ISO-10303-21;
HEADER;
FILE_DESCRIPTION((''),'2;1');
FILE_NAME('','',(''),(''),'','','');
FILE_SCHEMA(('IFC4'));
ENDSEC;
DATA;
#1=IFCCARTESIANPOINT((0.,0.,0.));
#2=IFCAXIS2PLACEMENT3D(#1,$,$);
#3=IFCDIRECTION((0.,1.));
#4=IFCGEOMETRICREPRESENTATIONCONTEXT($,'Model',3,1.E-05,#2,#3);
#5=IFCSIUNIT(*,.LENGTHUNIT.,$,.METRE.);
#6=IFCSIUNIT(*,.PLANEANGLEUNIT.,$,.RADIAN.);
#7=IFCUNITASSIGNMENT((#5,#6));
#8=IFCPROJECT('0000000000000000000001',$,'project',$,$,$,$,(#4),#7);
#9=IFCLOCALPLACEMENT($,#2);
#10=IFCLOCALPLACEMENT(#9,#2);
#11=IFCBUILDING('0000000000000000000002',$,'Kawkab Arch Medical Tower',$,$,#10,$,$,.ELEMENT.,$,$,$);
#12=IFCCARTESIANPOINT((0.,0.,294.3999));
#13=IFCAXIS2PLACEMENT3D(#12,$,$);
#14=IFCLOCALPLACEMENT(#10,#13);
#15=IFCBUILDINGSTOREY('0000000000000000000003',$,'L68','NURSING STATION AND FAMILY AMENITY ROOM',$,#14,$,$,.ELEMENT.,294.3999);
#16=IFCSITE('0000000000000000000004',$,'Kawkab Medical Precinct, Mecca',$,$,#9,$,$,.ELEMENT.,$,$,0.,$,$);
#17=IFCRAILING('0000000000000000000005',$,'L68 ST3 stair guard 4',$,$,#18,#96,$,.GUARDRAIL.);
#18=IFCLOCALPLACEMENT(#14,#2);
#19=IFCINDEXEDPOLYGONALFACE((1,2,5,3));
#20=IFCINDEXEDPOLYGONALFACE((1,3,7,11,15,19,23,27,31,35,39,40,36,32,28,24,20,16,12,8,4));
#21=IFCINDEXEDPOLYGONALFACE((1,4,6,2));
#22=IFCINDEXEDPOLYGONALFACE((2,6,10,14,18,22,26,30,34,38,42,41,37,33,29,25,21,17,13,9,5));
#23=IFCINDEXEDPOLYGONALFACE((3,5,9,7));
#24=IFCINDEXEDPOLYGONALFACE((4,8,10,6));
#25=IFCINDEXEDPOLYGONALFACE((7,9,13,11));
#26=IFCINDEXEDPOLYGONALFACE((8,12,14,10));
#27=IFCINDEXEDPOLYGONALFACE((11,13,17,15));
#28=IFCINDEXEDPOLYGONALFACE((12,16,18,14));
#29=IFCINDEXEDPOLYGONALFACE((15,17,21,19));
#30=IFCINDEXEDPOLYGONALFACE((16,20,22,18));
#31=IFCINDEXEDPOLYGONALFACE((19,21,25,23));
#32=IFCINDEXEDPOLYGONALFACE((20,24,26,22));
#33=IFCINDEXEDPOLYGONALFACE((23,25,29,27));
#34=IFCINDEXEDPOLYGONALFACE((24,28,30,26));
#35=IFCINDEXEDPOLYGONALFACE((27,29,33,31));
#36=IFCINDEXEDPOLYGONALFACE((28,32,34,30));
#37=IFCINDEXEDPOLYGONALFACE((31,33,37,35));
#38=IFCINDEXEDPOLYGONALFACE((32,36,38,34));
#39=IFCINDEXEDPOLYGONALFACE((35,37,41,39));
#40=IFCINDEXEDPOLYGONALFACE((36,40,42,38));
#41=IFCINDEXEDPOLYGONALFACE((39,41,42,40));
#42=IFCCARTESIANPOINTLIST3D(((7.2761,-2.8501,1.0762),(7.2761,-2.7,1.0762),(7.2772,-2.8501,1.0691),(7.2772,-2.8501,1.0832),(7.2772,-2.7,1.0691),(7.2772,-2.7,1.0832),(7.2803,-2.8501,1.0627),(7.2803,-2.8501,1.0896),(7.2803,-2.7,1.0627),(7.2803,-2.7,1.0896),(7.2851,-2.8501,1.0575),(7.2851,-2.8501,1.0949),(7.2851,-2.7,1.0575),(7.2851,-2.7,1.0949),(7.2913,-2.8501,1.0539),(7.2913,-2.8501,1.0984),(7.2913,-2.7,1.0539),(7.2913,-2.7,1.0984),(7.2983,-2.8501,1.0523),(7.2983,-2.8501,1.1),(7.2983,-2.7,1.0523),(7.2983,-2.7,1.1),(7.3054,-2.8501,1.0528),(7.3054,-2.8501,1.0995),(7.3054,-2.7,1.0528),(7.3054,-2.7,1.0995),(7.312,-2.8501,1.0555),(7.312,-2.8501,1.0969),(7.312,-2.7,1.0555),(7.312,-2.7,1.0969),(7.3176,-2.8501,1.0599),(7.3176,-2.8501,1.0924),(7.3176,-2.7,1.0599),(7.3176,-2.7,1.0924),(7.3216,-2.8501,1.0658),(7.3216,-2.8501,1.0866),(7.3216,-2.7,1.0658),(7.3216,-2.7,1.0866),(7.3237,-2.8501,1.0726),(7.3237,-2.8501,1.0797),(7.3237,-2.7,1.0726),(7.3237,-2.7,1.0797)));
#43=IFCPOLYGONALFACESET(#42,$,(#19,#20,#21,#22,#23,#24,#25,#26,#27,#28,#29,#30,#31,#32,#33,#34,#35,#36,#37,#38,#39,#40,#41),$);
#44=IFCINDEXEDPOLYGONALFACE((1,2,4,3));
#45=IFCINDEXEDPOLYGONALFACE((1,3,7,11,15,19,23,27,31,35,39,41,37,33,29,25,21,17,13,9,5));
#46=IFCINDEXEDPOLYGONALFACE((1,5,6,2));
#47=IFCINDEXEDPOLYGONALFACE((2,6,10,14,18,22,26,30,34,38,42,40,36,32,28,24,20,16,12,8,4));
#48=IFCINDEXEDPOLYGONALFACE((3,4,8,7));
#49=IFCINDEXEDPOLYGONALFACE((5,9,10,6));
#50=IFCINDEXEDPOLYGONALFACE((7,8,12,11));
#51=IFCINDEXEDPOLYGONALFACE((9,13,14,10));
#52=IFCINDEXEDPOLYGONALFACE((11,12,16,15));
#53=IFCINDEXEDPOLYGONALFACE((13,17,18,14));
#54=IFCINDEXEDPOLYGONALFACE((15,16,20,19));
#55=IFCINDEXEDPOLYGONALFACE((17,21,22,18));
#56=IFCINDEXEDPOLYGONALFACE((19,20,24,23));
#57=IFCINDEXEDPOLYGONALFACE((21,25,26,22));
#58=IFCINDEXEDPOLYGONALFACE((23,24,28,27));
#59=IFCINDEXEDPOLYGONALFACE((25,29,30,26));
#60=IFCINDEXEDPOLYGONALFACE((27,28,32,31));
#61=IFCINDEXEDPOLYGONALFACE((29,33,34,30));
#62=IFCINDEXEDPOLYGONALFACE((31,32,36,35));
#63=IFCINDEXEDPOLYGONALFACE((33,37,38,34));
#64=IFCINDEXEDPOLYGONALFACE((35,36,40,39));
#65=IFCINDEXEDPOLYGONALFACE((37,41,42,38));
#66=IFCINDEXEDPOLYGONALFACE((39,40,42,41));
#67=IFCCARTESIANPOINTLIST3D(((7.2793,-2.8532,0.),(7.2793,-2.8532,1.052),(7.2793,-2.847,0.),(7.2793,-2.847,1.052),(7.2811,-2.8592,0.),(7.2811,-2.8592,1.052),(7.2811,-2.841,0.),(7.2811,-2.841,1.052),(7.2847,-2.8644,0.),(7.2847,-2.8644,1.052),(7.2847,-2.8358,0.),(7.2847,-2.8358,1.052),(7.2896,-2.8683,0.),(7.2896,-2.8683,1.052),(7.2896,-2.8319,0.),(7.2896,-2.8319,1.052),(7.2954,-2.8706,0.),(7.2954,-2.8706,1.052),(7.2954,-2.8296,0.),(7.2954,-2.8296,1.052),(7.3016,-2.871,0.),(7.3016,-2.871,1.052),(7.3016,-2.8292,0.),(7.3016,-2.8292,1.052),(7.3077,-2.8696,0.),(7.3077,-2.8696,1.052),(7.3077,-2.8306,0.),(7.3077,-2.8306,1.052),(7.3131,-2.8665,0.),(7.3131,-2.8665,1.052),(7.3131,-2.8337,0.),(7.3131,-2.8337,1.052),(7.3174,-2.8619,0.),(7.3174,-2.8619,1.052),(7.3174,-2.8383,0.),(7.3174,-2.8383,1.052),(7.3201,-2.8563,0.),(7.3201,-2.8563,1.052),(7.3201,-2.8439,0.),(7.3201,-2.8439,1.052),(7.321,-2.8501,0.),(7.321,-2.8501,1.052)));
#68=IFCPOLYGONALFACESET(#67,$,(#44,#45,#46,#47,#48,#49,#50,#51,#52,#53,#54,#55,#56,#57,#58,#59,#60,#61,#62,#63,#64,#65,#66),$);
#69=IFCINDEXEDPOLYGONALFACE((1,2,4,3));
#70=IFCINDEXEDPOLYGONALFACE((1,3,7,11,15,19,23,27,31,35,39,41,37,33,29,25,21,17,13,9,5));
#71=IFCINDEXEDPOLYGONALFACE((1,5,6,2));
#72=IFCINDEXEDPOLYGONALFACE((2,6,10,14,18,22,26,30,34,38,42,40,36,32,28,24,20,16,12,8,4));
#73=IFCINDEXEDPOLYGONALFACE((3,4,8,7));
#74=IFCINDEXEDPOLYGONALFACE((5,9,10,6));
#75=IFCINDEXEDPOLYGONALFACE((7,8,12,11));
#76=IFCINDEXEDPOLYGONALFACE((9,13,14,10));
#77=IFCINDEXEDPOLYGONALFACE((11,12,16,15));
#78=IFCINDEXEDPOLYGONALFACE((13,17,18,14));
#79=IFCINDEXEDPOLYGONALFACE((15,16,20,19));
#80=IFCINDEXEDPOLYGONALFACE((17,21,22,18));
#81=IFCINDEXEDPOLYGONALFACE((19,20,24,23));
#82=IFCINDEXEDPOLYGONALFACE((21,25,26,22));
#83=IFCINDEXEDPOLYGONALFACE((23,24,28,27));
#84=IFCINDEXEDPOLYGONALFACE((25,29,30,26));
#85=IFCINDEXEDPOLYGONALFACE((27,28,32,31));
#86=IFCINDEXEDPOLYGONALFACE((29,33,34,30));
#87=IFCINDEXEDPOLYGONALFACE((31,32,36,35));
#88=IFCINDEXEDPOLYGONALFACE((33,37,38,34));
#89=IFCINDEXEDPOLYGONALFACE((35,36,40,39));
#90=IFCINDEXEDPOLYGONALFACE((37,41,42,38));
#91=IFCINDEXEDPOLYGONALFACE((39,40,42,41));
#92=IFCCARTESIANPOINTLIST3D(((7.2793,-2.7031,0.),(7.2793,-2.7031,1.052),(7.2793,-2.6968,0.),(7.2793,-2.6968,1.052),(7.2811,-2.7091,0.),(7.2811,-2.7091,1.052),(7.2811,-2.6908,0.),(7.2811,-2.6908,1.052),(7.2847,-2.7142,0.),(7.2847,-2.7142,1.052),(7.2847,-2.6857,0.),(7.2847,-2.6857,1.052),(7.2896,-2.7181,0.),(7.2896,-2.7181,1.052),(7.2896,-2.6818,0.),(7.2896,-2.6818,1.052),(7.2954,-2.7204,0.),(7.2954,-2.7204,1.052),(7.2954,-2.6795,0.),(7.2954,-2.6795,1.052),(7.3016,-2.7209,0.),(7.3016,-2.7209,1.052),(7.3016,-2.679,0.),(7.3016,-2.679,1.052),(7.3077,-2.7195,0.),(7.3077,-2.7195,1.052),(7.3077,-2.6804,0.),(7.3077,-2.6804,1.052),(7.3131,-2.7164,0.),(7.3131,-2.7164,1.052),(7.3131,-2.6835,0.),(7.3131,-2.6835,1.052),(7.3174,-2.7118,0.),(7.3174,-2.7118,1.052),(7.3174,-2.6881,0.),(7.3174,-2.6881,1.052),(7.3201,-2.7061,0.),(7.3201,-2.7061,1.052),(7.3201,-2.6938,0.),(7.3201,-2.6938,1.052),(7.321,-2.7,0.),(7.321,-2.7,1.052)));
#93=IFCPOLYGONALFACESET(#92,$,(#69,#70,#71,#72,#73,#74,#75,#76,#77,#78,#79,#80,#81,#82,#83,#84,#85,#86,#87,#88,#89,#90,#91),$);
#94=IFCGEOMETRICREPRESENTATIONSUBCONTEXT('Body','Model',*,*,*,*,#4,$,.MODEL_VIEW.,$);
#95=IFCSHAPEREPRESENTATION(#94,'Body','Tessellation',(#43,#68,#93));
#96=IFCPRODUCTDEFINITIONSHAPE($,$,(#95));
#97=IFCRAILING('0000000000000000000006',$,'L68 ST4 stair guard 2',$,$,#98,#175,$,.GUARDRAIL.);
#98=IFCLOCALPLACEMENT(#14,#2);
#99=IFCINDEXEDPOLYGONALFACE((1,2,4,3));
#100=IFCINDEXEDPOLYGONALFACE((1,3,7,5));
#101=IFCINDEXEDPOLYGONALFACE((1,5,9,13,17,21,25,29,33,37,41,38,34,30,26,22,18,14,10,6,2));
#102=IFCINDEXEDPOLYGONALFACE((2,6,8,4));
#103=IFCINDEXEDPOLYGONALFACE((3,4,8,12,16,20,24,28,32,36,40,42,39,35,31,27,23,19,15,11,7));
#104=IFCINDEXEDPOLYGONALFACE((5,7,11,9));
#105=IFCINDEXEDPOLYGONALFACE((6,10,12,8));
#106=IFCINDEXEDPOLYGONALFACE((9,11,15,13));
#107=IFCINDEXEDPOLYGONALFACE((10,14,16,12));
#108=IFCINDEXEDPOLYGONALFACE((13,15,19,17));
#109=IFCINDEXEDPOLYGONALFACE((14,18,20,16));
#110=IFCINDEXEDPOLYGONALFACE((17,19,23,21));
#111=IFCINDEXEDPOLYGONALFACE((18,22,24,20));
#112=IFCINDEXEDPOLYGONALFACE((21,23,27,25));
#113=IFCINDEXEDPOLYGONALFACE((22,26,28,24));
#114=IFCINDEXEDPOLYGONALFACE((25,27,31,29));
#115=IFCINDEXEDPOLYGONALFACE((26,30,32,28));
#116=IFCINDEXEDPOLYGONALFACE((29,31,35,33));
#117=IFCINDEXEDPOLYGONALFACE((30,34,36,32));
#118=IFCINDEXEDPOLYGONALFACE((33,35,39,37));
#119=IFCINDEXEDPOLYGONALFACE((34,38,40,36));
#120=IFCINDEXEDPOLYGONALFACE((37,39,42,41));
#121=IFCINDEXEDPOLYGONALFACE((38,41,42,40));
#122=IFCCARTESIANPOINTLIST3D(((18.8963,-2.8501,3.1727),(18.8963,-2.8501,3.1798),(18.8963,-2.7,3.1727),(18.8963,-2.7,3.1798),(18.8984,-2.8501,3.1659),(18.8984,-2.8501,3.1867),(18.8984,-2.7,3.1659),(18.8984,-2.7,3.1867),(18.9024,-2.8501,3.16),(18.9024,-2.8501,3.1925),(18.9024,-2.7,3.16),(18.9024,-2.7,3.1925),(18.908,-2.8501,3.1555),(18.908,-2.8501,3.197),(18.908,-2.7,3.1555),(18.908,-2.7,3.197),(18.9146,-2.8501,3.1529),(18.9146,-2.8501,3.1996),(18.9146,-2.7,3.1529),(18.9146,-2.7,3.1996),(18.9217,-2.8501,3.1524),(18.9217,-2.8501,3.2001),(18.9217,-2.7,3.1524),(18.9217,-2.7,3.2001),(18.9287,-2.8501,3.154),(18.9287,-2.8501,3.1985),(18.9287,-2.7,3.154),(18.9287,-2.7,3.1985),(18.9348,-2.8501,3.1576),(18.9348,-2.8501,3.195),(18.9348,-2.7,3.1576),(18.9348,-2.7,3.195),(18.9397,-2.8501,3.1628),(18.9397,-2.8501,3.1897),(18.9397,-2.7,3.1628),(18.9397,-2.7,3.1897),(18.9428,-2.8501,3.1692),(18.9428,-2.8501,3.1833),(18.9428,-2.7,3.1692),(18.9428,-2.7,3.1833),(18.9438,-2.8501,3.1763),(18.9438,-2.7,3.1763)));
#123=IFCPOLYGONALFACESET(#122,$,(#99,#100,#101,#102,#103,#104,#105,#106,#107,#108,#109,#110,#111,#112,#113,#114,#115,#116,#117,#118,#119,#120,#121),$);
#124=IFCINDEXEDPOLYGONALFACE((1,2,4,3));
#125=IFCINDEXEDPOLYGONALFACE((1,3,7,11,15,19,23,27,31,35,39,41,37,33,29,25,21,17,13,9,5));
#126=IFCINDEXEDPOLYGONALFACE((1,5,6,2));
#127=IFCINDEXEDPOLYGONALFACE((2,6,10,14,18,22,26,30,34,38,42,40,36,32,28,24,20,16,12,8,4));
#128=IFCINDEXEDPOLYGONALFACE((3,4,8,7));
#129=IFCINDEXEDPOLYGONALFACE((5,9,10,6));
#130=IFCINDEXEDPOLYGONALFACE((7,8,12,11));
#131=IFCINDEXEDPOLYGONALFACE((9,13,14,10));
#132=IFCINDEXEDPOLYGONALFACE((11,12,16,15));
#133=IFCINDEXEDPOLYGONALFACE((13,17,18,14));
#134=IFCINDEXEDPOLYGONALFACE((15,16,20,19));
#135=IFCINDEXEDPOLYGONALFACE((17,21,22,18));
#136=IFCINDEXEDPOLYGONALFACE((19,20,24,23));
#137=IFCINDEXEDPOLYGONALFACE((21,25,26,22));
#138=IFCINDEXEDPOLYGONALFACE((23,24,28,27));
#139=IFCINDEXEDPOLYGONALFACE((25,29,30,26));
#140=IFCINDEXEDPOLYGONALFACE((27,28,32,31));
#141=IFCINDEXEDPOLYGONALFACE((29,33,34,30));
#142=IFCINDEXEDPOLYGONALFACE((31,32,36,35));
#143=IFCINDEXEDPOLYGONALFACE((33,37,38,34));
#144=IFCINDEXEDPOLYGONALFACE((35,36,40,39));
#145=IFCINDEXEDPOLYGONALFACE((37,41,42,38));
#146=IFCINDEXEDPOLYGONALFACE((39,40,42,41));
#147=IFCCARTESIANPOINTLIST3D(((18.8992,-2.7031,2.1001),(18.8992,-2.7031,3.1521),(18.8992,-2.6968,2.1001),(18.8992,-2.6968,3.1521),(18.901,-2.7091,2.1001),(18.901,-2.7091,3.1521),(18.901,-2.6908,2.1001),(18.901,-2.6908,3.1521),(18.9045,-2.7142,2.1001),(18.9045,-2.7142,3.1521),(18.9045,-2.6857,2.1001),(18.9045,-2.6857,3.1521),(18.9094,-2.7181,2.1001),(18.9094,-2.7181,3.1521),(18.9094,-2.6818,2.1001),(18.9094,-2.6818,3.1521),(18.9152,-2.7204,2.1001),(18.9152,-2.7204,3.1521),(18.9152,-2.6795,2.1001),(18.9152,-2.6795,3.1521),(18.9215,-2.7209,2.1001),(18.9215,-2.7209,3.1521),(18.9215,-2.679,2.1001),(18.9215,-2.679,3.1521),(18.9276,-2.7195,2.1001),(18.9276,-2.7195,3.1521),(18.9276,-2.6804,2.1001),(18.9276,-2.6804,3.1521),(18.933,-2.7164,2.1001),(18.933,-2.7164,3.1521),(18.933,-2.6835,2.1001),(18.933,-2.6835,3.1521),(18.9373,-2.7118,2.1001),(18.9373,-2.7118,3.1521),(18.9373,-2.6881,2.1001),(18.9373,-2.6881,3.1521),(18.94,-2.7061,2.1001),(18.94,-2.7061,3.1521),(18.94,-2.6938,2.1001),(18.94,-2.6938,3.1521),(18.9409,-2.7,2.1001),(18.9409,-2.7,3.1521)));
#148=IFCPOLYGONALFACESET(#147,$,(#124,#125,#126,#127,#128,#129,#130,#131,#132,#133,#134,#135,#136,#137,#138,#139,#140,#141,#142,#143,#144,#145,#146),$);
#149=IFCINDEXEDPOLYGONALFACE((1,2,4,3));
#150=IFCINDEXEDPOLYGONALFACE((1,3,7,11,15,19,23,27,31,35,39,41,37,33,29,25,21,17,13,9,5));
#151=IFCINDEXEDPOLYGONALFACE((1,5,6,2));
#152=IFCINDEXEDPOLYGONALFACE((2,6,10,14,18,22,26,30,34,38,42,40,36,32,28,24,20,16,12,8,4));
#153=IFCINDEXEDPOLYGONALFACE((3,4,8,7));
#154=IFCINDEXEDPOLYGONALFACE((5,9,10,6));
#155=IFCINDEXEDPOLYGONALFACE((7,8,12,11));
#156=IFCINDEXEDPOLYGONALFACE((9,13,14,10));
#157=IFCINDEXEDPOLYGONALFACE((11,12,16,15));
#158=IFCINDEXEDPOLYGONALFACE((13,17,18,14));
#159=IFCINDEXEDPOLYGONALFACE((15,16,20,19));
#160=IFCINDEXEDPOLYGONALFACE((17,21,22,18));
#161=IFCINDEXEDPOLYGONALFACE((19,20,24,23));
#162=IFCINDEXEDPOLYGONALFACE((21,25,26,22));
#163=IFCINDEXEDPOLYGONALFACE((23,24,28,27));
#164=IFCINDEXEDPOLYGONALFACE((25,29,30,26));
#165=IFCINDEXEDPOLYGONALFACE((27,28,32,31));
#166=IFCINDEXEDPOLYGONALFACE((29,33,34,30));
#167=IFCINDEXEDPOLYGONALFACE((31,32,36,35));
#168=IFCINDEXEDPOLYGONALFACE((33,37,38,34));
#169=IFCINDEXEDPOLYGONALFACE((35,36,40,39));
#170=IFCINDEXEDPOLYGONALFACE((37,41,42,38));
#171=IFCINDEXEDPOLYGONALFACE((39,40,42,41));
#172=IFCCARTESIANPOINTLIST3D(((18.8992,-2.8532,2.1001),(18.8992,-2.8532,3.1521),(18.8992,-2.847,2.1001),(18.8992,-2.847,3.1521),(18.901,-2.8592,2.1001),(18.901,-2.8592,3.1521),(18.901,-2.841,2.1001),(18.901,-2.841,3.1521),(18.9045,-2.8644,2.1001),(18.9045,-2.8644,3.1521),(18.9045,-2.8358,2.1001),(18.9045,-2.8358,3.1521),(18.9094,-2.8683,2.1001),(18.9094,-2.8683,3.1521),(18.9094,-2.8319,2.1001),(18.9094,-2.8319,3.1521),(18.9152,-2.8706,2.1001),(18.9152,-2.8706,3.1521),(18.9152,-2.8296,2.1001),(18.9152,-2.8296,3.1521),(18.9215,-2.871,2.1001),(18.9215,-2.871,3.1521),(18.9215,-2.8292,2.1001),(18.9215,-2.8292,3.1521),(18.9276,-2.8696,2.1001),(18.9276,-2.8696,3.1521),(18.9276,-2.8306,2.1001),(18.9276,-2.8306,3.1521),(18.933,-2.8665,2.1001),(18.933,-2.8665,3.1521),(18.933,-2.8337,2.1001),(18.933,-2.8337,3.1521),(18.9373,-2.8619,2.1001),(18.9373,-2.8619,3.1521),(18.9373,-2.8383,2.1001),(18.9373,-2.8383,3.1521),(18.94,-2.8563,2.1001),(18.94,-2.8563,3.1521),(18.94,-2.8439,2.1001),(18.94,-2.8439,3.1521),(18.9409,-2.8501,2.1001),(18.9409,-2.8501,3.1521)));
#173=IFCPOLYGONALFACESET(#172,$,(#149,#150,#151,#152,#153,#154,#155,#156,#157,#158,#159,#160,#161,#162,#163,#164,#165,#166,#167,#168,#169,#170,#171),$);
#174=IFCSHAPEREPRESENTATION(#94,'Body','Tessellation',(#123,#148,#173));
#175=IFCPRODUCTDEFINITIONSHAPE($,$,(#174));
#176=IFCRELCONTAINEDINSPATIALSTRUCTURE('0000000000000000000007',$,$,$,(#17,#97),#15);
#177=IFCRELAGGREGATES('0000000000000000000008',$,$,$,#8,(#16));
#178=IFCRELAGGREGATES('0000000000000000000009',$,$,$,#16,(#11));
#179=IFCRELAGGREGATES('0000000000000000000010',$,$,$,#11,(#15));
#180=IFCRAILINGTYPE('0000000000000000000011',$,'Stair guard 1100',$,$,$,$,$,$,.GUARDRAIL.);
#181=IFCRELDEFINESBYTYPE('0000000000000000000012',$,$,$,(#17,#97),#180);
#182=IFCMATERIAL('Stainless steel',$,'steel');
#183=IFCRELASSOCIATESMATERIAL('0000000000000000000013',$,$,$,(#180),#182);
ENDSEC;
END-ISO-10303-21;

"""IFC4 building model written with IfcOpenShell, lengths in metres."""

from ifc_helpers import new_model, si_unit, direction, frame, origin, origin_2d, place, context, subcontext, project, spatial, circle, extrude, material, type_object, element, save


model = new_model("IFC4")

# Units and contexts
model_context = context("Model", 3, precision=1e-05, world=origin(), true_north=direction((0.0, 1.0)))
body_context = subcontext(model_context, "Body", "Model", "MODEL_VIEW")
ifc_project = project(units=[si_unit("LENGTHUNIT", "METRE"), si_unit("PLANEANGLEUNIT", "RADIAN")], contexts=[model_context])

# Site, building, storey
site_placement = place(None, origin())
site = spatial("IfcSite", under=ifc_project, at=site_placement, Name="Kawkab Medical Precinct, Mecca", CompositionType="ELEMENT", RefElevation=0.0)
building_placement = place(site_placement, origin())
building = spatial("IfcBuilding", under=site, at=building_placement, Name="Kawkab Arch Medical Tower", CompositionType="ELEMENT")
storey_placement = place(building_placement, frame((0.0, 0.0, 294.3999)))
storey = spatial("IfcBuildingStorey", under=building, at=storey_placement, Name="L68", Description="NURSING STATION AND FAMILY AMENITY ROOM", CompositionType="ELEMENT", Elevation=294.3999)

# Railings
ifc_material_1 = material(Name="Stainless steel", Category="steel")
railing_type_1 = type_object("IfcRailingType", Name="Stair guard 1100", PredefinedType="GUARDRAIL", material=ifc_material_1)
railing_1_placement = place(storey_placement, frame((7.3, -2.8501, 0.0)))
element("IfcRailing", 1, at=railing_1_placement, inside=storey, type_object=railing_type_1, Name="L68 ST3 stair guard 4", PredefinedType="GUARDRAIL", context=body_context, shape_type="SweptSolid", body=[
    extrude(circle(Radius=0.0239, at=origin_2d()), frame((0.0, 0.0, 1.0762), z_axis=(0.0, 1.0, 0.0), x_axis=(-1.0, 0.0, 0.0)), (0.0, 0.0, 1.0), 0.1501),
    extrude(circle(Radius=0.021, at=origin_2d()), origin(), (0.0, 0.0, 1.0), 1.052),
    extrude(circle(Radius=0.021, at=origin_2d()), frame((0.0, 0.1501, 0.0)), (0.0, 0.0, 1.0), 1.052),
])
railing_2_placement = place(storey_placement, frame((18.9199, -2.7, 2.1001)))
element("IfcRailing", 2, at=railing_2_placement, inside=storey, type_object=railing_type_1, Name="L68 ST4 stair guard 2", PredefinedType="GUARDRAIL", context=body_context, shape_type="SweptSolid", body=[
    extrude(circle(Radius=0.0239, at=origin_2d()), frame((0.0, 0.0, 1.0762), z_axis=(0.0, -1.0, 0.0), x_axis=(1.0, 0.0, 0.0)), (0.0, 0.0, 1.0), 0.1501),
    extrude(circle(Radius=0.021, at=origin_2d()), origin(), (0.0, 0.0, 1.0), 1.052),
    extrude(circle(Radius=0.021, at=origin_2d()), frame((0.0, -0.1501, 0.0)), (0.0, 0.0, 1.0), 1.052),
])

save(model, "model.ifc")
